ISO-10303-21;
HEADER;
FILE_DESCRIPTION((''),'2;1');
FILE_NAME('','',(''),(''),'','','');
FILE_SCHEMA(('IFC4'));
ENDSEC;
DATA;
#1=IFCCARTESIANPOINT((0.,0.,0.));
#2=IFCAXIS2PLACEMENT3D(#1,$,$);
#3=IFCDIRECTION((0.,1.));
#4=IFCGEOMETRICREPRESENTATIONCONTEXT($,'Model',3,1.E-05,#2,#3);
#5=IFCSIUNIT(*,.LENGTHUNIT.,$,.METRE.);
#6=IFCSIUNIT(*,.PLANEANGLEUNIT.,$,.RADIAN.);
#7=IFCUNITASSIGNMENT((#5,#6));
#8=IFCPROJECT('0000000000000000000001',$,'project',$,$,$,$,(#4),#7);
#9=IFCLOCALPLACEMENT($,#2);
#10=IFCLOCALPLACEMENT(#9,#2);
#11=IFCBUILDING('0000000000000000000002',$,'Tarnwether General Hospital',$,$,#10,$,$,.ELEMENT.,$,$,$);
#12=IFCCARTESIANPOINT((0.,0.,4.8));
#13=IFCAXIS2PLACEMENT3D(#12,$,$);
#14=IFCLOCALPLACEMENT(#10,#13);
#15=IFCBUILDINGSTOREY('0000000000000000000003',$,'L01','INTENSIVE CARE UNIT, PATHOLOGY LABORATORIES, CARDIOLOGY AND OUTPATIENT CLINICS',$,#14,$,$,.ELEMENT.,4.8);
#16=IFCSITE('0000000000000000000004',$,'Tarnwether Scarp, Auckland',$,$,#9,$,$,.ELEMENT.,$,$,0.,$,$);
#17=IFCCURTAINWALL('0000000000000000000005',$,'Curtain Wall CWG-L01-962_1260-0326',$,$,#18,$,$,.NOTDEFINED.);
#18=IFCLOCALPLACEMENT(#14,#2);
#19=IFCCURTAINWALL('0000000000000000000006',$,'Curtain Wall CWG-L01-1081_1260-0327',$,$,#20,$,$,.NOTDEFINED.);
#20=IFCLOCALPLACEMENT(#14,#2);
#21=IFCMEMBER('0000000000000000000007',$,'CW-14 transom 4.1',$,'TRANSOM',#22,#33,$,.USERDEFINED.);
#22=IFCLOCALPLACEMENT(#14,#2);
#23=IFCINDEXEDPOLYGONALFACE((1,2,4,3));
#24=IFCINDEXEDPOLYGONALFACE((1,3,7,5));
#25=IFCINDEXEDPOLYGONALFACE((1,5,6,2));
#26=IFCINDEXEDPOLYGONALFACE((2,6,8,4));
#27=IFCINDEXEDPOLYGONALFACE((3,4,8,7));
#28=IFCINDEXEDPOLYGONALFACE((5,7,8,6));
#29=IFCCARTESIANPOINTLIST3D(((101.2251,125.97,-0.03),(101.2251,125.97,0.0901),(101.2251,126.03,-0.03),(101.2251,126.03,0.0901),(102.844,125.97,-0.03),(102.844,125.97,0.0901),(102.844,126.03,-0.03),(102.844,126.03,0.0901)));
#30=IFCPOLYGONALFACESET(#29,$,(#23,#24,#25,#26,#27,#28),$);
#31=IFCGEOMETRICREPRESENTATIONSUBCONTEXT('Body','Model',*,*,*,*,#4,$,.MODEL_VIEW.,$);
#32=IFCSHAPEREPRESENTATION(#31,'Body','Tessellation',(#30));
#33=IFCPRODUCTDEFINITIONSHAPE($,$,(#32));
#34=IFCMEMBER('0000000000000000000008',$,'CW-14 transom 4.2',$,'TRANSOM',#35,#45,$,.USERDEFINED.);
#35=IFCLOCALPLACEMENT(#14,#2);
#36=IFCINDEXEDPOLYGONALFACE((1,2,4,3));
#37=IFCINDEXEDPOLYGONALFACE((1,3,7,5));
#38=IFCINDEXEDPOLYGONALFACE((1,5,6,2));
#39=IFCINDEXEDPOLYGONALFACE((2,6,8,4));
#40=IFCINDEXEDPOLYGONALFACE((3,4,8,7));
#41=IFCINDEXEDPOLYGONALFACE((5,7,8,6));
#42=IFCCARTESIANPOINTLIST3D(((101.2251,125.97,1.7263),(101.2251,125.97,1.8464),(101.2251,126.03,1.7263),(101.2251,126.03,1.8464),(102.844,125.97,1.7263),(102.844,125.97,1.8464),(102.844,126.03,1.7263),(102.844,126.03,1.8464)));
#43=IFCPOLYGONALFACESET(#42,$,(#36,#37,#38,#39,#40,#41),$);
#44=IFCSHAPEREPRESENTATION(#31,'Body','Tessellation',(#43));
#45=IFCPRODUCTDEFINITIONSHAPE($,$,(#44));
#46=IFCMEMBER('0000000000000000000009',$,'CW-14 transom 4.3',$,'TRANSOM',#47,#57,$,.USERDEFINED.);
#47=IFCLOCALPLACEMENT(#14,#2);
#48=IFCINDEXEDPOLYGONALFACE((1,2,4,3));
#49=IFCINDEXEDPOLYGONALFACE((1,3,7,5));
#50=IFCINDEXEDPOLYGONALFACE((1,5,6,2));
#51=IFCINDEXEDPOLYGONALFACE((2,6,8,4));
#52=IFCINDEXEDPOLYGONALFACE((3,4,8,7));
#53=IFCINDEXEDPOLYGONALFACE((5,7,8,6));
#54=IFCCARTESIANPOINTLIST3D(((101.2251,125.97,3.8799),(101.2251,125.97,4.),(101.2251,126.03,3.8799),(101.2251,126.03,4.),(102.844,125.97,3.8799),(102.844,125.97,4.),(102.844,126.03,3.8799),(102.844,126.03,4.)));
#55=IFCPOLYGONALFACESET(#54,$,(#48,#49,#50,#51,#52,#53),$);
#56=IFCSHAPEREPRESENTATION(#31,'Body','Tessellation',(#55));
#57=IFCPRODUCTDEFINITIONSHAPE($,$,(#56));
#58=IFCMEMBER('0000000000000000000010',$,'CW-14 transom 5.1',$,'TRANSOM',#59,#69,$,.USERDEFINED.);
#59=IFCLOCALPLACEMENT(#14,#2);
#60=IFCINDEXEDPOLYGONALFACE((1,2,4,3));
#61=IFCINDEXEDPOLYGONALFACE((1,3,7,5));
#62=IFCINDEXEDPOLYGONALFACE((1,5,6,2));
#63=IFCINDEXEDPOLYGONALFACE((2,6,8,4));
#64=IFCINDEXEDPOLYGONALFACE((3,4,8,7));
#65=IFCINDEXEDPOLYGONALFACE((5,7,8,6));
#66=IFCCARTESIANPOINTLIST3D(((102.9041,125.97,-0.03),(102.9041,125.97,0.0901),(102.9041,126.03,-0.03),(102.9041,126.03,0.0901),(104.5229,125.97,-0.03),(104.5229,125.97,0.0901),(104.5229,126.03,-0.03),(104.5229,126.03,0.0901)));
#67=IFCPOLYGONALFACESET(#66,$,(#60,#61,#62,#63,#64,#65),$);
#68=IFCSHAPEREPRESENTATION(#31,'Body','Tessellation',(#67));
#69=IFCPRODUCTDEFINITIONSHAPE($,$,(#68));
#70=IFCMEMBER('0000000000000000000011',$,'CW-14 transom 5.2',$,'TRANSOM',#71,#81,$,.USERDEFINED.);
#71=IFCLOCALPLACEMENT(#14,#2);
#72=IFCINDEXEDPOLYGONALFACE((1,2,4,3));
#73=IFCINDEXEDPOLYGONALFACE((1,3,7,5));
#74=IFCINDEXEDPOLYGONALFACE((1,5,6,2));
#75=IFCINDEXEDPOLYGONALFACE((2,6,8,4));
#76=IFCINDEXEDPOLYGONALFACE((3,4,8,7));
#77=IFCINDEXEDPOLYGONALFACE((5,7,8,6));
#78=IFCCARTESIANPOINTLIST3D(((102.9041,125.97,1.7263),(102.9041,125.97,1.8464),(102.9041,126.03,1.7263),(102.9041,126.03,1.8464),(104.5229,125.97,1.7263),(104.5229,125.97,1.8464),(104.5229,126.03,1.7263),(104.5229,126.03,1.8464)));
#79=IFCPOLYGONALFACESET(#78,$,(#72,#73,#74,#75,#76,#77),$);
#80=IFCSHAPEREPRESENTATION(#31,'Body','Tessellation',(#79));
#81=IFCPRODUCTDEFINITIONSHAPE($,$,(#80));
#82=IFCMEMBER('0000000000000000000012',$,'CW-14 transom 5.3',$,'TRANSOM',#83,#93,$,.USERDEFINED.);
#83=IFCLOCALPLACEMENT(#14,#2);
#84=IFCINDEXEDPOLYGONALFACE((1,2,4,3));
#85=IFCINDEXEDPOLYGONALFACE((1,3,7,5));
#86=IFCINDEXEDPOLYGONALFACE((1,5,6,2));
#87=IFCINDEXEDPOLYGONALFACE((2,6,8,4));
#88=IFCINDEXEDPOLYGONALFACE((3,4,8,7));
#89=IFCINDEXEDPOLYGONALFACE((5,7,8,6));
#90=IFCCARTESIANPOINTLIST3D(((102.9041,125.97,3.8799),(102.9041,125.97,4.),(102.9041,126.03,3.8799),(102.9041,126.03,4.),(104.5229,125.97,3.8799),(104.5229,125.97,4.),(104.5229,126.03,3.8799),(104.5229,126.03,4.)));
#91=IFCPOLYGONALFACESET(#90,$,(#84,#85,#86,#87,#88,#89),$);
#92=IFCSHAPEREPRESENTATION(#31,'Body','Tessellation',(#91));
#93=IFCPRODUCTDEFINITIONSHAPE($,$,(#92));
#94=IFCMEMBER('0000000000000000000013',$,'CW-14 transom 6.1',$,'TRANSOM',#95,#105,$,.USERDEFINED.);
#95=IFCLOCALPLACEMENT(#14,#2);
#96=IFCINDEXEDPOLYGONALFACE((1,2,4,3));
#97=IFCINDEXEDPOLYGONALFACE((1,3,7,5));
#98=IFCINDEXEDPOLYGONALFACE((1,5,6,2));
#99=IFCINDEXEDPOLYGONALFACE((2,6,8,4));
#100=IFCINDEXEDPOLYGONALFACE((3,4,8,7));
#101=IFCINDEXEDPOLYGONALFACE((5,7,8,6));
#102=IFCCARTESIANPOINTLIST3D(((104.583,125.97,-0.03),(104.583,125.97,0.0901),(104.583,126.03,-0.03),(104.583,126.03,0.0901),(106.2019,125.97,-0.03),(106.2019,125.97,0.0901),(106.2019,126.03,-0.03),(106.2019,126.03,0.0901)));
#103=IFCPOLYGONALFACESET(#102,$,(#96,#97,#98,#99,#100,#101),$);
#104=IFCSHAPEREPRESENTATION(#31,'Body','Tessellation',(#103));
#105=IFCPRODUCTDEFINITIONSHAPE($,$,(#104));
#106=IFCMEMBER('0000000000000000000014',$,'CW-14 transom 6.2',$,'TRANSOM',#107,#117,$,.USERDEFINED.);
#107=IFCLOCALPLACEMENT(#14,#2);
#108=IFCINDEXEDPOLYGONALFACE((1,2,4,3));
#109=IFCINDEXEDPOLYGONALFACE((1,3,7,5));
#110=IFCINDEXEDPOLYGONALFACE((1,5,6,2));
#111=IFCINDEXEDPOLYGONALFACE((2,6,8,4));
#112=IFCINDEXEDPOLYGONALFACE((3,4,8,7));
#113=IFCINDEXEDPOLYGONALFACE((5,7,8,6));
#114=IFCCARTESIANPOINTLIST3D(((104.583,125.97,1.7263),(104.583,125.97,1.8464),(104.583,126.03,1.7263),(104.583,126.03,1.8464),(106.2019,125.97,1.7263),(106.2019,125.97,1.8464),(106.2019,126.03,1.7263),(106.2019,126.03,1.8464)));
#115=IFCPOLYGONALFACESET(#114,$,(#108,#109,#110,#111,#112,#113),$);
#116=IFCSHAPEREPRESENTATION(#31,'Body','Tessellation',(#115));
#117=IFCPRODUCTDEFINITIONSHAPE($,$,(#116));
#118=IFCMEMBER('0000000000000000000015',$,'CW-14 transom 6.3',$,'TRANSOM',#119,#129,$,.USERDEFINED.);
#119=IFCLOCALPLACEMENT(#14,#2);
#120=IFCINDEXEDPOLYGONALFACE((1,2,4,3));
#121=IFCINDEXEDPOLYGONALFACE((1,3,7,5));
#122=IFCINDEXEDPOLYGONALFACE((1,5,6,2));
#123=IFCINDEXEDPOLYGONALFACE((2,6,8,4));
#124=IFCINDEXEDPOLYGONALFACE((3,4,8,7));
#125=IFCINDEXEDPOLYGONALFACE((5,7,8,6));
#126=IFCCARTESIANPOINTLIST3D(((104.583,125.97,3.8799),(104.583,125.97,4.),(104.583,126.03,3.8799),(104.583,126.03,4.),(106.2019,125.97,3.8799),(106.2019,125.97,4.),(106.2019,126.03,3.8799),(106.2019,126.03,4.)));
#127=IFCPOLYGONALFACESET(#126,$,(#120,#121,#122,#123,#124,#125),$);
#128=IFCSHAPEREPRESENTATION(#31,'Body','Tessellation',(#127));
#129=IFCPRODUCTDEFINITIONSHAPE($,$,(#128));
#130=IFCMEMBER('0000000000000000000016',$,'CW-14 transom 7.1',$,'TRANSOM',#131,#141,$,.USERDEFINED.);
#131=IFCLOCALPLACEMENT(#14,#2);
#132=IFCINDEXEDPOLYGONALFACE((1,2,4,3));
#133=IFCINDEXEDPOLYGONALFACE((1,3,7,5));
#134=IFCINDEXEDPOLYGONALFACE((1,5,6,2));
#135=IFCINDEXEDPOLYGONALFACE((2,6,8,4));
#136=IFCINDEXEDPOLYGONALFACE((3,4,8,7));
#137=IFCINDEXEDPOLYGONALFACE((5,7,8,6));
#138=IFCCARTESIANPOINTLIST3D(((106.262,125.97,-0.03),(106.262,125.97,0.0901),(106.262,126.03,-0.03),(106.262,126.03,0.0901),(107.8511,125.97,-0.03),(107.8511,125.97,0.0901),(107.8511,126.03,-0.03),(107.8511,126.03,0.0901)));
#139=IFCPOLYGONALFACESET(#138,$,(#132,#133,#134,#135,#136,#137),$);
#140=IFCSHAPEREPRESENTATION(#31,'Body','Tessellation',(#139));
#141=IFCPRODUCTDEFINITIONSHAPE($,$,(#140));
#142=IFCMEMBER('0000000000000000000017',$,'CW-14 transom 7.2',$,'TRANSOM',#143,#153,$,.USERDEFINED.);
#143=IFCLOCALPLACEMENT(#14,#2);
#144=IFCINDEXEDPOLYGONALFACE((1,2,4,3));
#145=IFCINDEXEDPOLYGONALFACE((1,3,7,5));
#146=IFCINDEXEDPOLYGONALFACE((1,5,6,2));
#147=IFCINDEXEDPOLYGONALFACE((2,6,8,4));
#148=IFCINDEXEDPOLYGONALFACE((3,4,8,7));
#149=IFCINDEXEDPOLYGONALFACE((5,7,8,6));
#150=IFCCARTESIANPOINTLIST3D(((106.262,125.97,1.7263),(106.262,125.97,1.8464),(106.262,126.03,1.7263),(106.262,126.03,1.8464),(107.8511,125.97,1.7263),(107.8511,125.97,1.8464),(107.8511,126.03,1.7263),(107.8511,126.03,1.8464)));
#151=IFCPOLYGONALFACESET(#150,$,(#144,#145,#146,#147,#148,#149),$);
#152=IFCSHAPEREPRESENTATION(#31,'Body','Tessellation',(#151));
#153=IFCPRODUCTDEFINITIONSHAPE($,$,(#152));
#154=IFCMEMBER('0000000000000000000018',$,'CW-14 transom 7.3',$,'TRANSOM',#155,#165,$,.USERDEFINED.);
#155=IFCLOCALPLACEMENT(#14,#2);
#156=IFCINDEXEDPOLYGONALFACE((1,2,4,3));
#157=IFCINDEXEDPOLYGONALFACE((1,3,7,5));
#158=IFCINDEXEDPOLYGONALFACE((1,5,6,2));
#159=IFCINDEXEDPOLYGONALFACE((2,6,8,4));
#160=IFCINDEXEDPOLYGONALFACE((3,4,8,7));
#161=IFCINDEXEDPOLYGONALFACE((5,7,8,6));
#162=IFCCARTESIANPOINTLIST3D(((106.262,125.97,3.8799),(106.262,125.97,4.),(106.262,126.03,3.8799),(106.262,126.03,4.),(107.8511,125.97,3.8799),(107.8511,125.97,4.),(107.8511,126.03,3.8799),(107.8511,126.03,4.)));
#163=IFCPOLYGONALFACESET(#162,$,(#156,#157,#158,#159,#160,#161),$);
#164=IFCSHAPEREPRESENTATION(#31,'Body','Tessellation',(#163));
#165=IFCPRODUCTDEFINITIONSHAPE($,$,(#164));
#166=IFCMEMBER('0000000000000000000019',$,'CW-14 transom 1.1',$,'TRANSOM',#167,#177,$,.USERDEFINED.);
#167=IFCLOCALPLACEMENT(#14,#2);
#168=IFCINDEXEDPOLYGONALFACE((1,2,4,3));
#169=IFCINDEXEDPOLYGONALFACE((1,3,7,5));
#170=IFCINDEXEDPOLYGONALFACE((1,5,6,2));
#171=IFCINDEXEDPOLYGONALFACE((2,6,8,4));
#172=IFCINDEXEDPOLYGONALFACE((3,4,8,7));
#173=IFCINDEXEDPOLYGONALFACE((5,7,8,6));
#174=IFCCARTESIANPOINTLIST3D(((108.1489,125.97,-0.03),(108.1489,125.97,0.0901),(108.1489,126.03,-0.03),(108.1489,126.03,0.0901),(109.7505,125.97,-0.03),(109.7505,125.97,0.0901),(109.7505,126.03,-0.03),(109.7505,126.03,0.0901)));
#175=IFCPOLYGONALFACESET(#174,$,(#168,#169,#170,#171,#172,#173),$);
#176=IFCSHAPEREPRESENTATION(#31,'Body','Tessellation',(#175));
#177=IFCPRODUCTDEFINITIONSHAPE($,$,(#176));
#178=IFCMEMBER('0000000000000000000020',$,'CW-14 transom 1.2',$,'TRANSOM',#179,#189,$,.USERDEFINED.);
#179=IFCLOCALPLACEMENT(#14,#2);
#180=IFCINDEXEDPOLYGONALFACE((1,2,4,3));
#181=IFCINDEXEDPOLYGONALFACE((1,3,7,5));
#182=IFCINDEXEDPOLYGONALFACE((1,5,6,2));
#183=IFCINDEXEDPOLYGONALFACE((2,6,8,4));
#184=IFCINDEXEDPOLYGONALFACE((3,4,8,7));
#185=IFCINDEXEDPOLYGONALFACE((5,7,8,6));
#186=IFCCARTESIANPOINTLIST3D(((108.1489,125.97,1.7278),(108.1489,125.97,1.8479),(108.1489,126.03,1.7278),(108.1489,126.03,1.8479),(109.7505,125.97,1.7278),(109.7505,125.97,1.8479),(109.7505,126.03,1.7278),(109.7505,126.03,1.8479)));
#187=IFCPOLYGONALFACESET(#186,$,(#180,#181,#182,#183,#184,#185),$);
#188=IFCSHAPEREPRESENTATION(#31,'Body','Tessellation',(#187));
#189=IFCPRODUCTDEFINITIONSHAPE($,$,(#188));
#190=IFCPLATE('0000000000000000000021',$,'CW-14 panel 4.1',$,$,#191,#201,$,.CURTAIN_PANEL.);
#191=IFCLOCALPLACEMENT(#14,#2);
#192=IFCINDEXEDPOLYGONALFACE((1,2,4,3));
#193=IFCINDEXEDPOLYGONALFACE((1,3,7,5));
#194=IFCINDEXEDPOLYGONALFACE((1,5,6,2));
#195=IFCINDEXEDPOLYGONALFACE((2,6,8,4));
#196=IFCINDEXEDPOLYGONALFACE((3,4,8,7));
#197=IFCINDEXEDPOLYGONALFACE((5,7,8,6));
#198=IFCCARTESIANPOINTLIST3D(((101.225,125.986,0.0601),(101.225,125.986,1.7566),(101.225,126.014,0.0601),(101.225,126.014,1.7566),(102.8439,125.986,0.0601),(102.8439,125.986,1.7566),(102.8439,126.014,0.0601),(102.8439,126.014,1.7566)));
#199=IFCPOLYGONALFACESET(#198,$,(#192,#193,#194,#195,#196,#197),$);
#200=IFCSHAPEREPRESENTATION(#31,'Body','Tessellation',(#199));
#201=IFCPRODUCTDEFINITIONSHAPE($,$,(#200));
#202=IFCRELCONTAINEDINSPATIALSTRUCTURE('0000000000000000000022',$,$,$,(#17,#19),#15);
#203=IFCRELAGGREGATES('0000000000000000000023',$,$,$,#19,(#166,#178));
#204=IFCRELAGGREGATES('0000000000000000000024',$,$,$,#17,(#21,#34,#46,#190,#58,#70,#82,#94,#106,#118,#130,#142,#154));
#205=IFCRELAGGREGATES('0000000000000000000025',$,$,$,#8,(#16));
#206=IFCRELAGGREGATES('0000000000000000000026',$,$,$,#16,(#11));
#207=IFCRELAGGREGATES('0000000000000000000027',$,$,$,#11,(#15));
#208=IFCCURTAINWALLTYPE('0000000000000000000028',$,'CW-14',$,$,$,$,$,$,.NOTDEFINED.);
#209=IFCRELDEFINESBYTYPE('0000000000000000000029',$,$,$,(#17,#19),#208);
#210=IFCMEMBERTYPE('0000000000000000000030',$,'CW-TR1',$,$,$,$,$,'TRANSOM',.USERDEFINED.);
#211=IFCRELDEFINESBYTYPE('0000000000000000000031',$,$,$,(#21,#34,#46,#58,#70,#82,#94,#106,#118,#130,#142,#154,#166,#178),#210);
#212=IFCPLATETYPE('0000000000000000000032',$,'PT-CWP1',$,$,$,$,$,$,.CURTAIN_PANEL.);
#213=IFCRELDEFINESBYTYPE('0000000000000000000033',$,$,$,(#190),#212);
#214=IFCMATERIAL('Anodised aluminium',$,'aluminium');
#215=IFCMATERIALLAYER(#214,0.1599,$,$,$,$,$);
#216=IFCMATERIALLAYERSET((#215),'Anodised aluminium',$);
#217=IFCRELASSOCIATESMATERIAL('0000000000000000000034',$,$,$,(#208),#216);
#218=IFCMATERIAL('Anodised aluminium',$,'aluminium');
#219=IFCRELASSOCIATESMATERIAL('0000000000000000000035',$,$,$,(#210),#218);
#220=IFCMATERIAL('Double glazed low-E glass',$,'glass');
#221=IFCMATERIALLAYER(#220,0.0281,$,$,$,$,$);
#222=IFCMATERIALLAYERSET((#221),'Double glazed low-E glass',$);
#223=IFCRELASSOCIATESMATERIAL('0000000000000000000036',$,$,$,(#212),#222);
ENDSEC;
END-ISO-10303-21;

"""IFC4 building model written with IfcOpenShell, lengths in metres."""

from ifc_helpers import new_model, si_unit, direction, frame, origin, origin_2d, place, context, subcontext, project, spatial, rectangle, extrude, material, layer, layer_set, material_profile, profile_set, type_object, element, aggregate, save


model = new_model("IFC4")

# Units and contexts
model_context = context("Model", 3, precision=1e-05, world=origin(), true_north=direction((0.0, 1.0)))
body_context = subcontext(model_context, "Body", "Model", "MODEL_VIEW")
ifc_project = project(units=[si_unit("LENGTHUNIT", "METRE"), si_unit("PLANEANGLEUNIT", "RADIAN")], contexts=[model_context])

# Site, building, storey
site_placement = place(None, origin())
site = spatial("IfcSite", under=ifc_project, at=site_placement, Name="Tarnwether Scarp, Auckland", CompositionType="ELEMENT", RefElevation=0.0)
building_placement = place(site_placement, origin())
building = spatial("IfcBuilding", under=site, at=building_placement, Name="Tarnwether General Hospital", CompositionType="ELEMENT")
storey_placement = place(building_placement, frame((0.0, 0.0, 4.8)))
storey = spatial("IfcBuildingStorey", under=building, at=storey_placement, Name="L01", Description="INTENSIVE CARE UNIT, PATHOLOGY LABORATORIES, CARDIOLOGY AND OUTPATIENT CLINICS", CompositionType="ELEMENT", Elevation=4.8)

# Curtain wall
ifc_material_1 = material(Name="Anodised aluminium", Category="aluminium")
ifc_layer_1 = layer(ifc_material_1, 0.1599)
ifc_layer_set_1 = layer_set([ifc_layer_1], Name="Anodised aluminium")
curtain_wall_type = type_object("IfcCurtainWallType", Name="CW-14", PredefinedType="NOTDEFINED", material=ifc_layer_set_1)
curtain_wall_1_placement = place(storey_placement, origin())
curtain_wall_1 = element("IfcCurtainWall", 1, at=curtain_wall_1_placement, inside=storey, type_object=curtain_wall_type, Name="Curtain Wall CWG-L01-962_1260-0326", PredefinedType="NOTDEFINED")

# Curtain wall
curtain_wall_2_placement = place(storey_placement, origin())
curtain_wall_2 = element("IfcCurtainWall", 2, at=curtain_wall_2_placement, inside=storey, type_object=curtain_wall_type, Name="Curtain Wall CWG-L01-1081_1260-0327", PredefinedType="NOTDEFINED")

# Members
ifc_material_2 = material(Name="Anodised aluminium", Category="aluminium")
ifc_material_profile_1 = material_profile(ifc_material_2, rectangle(XDim=0.0601, YDim=0.1201, at=origin_2d()), Name="ALU-TRN-60x120")
ifc_profile_set_1 = profile_set([ifc_material_profile_1], Name="Anodised aluminium")
member_type_1 = type_object("IfcMemberType", Name="CW-TR1", ElementType="TRANSOM", PredefinedType="USERDEFINED", material=ifc_profile_set_1)
member_1_placement = place(storey_placement, frame((101.2251, 126.0, 0.03), z_axis=(1.0, 0.0, 0.0), x_axis=(0.0, 1.0, 0.0)))
member_1 = element("IfcMember", 3, at=member_1_placement, type_object=member_type_1, Name="CW-14 transom 4.1", ObjectType="TRANSOM", PredefinedType="USERDEFINED", context=body_context, shape_type="SweptSolid", body=[
    extrude(rectangle(XDim=0.0601, YDim=0.1201, at=origin_2d()), origin(), (0.0, 0.0, 1.0), 1.6189),
])
member_2_placement = place(storey_placement, frame((101.2251, 126.0, 1.7864), z_axis=(1.0, 0.0, 0.0), x_axis=(0.0, 1.0, 0.0)))
member_2 = element("IfcMember", 4, at=member_2_placement, type_object=member_type_1, Name="CW-14 transom 4.2", ObjectType="TRANSOM", PredefinedType="USERDEFINED", context=body_context, shape_type="SweptSolid", body=[
    extrude(rectangle(XDim=0.0601, YDim=0.1201, at=origin_2d()), origin(), (0.0, 0.0, 1.0), 1.6189),
])
member_3_placement = place(storey_placement, frame((101.2251, 126.0, 3.9399), z_axis=(1.0, 0.0, 0.0), x_axis=(0.0, 1.0, 0.0)))
member_3 = element("IfcMember", 5, at=member_3_placement, type_object=member_type_1, Name="CW-14 transom 4.3", ObjectType="TRANSOM", PredefinedType="USERDEFINED", context=body_context, shape_type="SweptSolid", body=[
    extrude(rectangle(XDim=0.0601, YDim=0.1201, at=origin_2d()), origin(), (0.0, 0.0, 1.0), 1.6189),
])
member_4_placement = place(storey_placement, frame((102.9041, 126.0, 0.03), z_axis=(1.0, 0.0, 0.0), x_axis=(0.0, 1.0, 0.0)))
member_4 = element("IfcMember", 6, at=member_4_placement, type_object=member_type_1, Name="CW-14 transom 5.1", ObjectType="TRANSOM", PredefinedType="USERDEFINED", context=body_context, shape_type="SweptSolid", body=[
    extrude(rectangle(XDim=0.0601, YDim=0.1201, at=origin_2d()), origin(), (0.0, 0.0, 1.0), 1.6189),
])
member_5_placement = place(storey_placement, frame((102.9041, 126.0, 1.7864), z_axis=(1.0, 0.0, 0.0), x_axis=(0.0, 1.0, 0.0)))
member_5 = element("IfcMember", 7, at=member_5_placement, type_object=member_type_1, Name="CW-14 transom 5.2", ObjectType="TRANSOM", PredefinedType="USERDEFINED", context=body_context, shape_type="SweptSolid", body=[
    extrude(rectangle(XDim=0.0601, YDim=0.1201, at=origin_2d()), origin(), (0.0, 0.0, 1.0), 1.6189),
])
member_6_placement = place(storey_placement, frame((102.9041, 126.0, 3.9399), z_axis=(1.0, 0.0, 0.0), x_axis=(0.0, 1.0, 0.0)))
member_6 = element("IfcMember", 8, at=member_6_placement, type_object=member_type_1, Name="CW-14 transom 5.3", ObjectType="TRANSOM", PredefinedType="USERDEFINED", context=body_context, shape_type="SweptSolid", body=[
    extrude(rectangle(XDim=0.0601, YDim=0.1201, at=origin_2d()), origin(), (0.0, 0.0, 1.0), 1.6189),
])
member_7_placement = place(storey_placement, frame((104.583, 126.0, 0.03), z_axis=(1.0, 0.0, 0.0), x_axis=(0.0, 1.0, 0.0)))
member_7 = element("IfcMember", 9, at=member_7_placement, type_object=member_type_1, Name="CW-14 transom 6.1", ObjectType="TRANSOM", PredefinedType="USERDEFINED", context=body_context, shape_type="SweptSolid", body=[
    extrude(rectangle(XDim=0.0601, YDim=0.1201, at=origin_2d()), origin(), (0.0, 0.0, 1.0), 1.6189),
])
member_8_placement = place(storey_placement, frame((104.583, 126.0, 1.7864), z_axis=(1.0, 0.0, 0.0), x_axis=(0.0, 1.0, 0.0)))
member_8 = element("IfcMember", 10, at=member_8_placement, type_object=member_type_1, Name="CW-14 transom 6.2", ObjectType="TRANSOM", PredefinedType="USERDEFINED", context=body_context, shape_type="SweptSolid", body=[
    extrude(rectangle(XDim=0.0601, YDim=0.1201, at=origin_2d()), origin(), (0.0, 0.0, 1.0), 1.6189),
])
member_9_placement = place(storey_placement, frame((104.583, 126.0, 3.9399), z_axis=(1.0, 0.0, 0.0), x_axis=(0.0, 1.0, 0.0)))
member_9 = element("IfcMember", 11, at=member_9_placement, type_object=member_type_1, Name="CW-14 transom 6.3", ObjectType="TRANSOM", PredefinedType="USERDEFINED", context=body_context, shape_type="SweptSolid", body=[
    extrude(rectangle(XDim=0.0601, YDim=0.1201, at=origin_2d()), origin(), (0.0, 0.0, 1.0), 1.6189),
])
member_10_placement = place(storey_placement, frame((106.262, 126.0, 0.03), z_axis=(1.0, 0.0, 0.0), x_axis=(0.0, 1.0, 0.0)))
member_10 = element("IfcMember", 12, at=member_10_placement, type_object=member_type_1, Name="CW-14 transom 7.1", ObjectType="TRANSOM", PredefinedType="USERDEFINED", context=body_context, shape_type="SweptSolid", body=[
    extrude(rectangle(XDim=0.0601, YDim=0.1201, at=origin_2d()), origin(), (0.0, 0.0, 1.0), 1.5891),
])
member_11_placement = place(storey_placement, frame((106.262, 126.0, 1.7864), z_axis=(1.0, 0.0, 0.0), x_axis=(0.0, 1.0, 0.0)))
member_11 = element("IfcMember", 13, at=member_11_placement, type_object=member_type_1, Name="CW-14 transom 7.2", ObjectType="TRANSOM", PredefinedType="USERDEFINED", context=body_context, shape_type="SweptSolid", body=[
    extrude(rectangle(XDim=0.0601, YDim=0.1201, at=origin_2d()), origin(), (0.0, 0.0, 1.0), 1.5891),
])
member_12_placement = place(storey_placement, frame((106.262, 126.0, 3.9399), z_axis=(1.0, 0.0, 0.0), x_axis=(0.0, 1.0, 0.0)))
member_12 = element("IfcMember", 14, at=member_12_placement, type_object=member_type_1, Name="CW-14 transom 7.3", ObjectType="TRANSOM", PredefinedType="USERDEFINED", context=body_context, shape_type="SweptSolid", body=[
    extrude(rectangle(XDim=0.0601, YDim=0.1201, at=origin_2d()), origin(), (0.0, 0.0, 1.0), 1.5891),
])
member_13_placement = place(storey_placement, frame((108.1489, 126.0, 0.03), z_axis=(1.0, 0.0, 0.0), x_axis=(0.0, 1.0, 0.0)))
member_13 = element("IfcMember", 15, at=member_13_placement, type_object=member_type_1, Name="CW-14 transom 1.1", ObjectType="TRANSOM", PredefinedType="USERDEFINED", context=body_context, shape_type="SweptSolid", body=[
    extrude(rectangle(XDim=0.0601, YDim=0.1201, at=origin_2d()), origin(), (0.0, 0.0, 1.0), 1.6016),
])
member_14_placement = place(storey_placement, frame((108.1489, 126.0, 1.7878), z_axis=(1.0, 0.0, 0.0), x_axis=(0.0, 1.0, 0.0)))
member_14 = element("IfcMember", 16, at=member_14_placement, type_object=member_type_1, Name="CW-14 transom 1.2", ObjectType="TRANSOM", PredefinedType="USERDEFINED", context=body_context, shape_type="SweptSolid", body=[
    extrude(rectangle(XDim=0.0601, YDim=0.1201, at=origin_2d()), origin(), (0.0, 0.0, 1.0), 1.6016),
])
aggregate(curtain_wall_2, [member_13, member_14])

# Plate
ifc_material_3 = material(Name="Double glazed low-E glass", Category="glass")
ifc_layer_2 = layer(ifc_material_3, 0.0281)
ifc_layer_set_2 = layer_set([ifc_layer_2], Name="Double glazed low-E glass")
plate_type_1 = type_object("IfcPlateType", Name="PT-CWP1", PredefinedType="CURTAIN_PANEL", material=ifc_layer_set_2)
plate_1_placement = place(storey_placement, frame((102.0344, 126.0, 0.0601), z_axis=(0.0, 0.0, 1.0), x_axis=(1.0, 0.0, 0.0)))
plate_1 = element("IfcPlate", 17, at=plate_1_placement, type_object=plate_type_1, Name="CW-14 panel 4.1", PredefinedType="CURTAIN_PANEL", context=body_context, shape_type="SweptSolid", body=[
    extrude(rectangle(XDim=1.6189, YDim=0.0281, at=origin_2d()), origin(), (0.0, 0.0, 1.0), 1.6965),
])
aggregate(curtain_wall_1, [member_1, member_2, member_3, plate_1, member_4, member_5, member_6, member_7, member_8, member_9, member_10, member_11, member_12])

save(model, "model.ifc")
